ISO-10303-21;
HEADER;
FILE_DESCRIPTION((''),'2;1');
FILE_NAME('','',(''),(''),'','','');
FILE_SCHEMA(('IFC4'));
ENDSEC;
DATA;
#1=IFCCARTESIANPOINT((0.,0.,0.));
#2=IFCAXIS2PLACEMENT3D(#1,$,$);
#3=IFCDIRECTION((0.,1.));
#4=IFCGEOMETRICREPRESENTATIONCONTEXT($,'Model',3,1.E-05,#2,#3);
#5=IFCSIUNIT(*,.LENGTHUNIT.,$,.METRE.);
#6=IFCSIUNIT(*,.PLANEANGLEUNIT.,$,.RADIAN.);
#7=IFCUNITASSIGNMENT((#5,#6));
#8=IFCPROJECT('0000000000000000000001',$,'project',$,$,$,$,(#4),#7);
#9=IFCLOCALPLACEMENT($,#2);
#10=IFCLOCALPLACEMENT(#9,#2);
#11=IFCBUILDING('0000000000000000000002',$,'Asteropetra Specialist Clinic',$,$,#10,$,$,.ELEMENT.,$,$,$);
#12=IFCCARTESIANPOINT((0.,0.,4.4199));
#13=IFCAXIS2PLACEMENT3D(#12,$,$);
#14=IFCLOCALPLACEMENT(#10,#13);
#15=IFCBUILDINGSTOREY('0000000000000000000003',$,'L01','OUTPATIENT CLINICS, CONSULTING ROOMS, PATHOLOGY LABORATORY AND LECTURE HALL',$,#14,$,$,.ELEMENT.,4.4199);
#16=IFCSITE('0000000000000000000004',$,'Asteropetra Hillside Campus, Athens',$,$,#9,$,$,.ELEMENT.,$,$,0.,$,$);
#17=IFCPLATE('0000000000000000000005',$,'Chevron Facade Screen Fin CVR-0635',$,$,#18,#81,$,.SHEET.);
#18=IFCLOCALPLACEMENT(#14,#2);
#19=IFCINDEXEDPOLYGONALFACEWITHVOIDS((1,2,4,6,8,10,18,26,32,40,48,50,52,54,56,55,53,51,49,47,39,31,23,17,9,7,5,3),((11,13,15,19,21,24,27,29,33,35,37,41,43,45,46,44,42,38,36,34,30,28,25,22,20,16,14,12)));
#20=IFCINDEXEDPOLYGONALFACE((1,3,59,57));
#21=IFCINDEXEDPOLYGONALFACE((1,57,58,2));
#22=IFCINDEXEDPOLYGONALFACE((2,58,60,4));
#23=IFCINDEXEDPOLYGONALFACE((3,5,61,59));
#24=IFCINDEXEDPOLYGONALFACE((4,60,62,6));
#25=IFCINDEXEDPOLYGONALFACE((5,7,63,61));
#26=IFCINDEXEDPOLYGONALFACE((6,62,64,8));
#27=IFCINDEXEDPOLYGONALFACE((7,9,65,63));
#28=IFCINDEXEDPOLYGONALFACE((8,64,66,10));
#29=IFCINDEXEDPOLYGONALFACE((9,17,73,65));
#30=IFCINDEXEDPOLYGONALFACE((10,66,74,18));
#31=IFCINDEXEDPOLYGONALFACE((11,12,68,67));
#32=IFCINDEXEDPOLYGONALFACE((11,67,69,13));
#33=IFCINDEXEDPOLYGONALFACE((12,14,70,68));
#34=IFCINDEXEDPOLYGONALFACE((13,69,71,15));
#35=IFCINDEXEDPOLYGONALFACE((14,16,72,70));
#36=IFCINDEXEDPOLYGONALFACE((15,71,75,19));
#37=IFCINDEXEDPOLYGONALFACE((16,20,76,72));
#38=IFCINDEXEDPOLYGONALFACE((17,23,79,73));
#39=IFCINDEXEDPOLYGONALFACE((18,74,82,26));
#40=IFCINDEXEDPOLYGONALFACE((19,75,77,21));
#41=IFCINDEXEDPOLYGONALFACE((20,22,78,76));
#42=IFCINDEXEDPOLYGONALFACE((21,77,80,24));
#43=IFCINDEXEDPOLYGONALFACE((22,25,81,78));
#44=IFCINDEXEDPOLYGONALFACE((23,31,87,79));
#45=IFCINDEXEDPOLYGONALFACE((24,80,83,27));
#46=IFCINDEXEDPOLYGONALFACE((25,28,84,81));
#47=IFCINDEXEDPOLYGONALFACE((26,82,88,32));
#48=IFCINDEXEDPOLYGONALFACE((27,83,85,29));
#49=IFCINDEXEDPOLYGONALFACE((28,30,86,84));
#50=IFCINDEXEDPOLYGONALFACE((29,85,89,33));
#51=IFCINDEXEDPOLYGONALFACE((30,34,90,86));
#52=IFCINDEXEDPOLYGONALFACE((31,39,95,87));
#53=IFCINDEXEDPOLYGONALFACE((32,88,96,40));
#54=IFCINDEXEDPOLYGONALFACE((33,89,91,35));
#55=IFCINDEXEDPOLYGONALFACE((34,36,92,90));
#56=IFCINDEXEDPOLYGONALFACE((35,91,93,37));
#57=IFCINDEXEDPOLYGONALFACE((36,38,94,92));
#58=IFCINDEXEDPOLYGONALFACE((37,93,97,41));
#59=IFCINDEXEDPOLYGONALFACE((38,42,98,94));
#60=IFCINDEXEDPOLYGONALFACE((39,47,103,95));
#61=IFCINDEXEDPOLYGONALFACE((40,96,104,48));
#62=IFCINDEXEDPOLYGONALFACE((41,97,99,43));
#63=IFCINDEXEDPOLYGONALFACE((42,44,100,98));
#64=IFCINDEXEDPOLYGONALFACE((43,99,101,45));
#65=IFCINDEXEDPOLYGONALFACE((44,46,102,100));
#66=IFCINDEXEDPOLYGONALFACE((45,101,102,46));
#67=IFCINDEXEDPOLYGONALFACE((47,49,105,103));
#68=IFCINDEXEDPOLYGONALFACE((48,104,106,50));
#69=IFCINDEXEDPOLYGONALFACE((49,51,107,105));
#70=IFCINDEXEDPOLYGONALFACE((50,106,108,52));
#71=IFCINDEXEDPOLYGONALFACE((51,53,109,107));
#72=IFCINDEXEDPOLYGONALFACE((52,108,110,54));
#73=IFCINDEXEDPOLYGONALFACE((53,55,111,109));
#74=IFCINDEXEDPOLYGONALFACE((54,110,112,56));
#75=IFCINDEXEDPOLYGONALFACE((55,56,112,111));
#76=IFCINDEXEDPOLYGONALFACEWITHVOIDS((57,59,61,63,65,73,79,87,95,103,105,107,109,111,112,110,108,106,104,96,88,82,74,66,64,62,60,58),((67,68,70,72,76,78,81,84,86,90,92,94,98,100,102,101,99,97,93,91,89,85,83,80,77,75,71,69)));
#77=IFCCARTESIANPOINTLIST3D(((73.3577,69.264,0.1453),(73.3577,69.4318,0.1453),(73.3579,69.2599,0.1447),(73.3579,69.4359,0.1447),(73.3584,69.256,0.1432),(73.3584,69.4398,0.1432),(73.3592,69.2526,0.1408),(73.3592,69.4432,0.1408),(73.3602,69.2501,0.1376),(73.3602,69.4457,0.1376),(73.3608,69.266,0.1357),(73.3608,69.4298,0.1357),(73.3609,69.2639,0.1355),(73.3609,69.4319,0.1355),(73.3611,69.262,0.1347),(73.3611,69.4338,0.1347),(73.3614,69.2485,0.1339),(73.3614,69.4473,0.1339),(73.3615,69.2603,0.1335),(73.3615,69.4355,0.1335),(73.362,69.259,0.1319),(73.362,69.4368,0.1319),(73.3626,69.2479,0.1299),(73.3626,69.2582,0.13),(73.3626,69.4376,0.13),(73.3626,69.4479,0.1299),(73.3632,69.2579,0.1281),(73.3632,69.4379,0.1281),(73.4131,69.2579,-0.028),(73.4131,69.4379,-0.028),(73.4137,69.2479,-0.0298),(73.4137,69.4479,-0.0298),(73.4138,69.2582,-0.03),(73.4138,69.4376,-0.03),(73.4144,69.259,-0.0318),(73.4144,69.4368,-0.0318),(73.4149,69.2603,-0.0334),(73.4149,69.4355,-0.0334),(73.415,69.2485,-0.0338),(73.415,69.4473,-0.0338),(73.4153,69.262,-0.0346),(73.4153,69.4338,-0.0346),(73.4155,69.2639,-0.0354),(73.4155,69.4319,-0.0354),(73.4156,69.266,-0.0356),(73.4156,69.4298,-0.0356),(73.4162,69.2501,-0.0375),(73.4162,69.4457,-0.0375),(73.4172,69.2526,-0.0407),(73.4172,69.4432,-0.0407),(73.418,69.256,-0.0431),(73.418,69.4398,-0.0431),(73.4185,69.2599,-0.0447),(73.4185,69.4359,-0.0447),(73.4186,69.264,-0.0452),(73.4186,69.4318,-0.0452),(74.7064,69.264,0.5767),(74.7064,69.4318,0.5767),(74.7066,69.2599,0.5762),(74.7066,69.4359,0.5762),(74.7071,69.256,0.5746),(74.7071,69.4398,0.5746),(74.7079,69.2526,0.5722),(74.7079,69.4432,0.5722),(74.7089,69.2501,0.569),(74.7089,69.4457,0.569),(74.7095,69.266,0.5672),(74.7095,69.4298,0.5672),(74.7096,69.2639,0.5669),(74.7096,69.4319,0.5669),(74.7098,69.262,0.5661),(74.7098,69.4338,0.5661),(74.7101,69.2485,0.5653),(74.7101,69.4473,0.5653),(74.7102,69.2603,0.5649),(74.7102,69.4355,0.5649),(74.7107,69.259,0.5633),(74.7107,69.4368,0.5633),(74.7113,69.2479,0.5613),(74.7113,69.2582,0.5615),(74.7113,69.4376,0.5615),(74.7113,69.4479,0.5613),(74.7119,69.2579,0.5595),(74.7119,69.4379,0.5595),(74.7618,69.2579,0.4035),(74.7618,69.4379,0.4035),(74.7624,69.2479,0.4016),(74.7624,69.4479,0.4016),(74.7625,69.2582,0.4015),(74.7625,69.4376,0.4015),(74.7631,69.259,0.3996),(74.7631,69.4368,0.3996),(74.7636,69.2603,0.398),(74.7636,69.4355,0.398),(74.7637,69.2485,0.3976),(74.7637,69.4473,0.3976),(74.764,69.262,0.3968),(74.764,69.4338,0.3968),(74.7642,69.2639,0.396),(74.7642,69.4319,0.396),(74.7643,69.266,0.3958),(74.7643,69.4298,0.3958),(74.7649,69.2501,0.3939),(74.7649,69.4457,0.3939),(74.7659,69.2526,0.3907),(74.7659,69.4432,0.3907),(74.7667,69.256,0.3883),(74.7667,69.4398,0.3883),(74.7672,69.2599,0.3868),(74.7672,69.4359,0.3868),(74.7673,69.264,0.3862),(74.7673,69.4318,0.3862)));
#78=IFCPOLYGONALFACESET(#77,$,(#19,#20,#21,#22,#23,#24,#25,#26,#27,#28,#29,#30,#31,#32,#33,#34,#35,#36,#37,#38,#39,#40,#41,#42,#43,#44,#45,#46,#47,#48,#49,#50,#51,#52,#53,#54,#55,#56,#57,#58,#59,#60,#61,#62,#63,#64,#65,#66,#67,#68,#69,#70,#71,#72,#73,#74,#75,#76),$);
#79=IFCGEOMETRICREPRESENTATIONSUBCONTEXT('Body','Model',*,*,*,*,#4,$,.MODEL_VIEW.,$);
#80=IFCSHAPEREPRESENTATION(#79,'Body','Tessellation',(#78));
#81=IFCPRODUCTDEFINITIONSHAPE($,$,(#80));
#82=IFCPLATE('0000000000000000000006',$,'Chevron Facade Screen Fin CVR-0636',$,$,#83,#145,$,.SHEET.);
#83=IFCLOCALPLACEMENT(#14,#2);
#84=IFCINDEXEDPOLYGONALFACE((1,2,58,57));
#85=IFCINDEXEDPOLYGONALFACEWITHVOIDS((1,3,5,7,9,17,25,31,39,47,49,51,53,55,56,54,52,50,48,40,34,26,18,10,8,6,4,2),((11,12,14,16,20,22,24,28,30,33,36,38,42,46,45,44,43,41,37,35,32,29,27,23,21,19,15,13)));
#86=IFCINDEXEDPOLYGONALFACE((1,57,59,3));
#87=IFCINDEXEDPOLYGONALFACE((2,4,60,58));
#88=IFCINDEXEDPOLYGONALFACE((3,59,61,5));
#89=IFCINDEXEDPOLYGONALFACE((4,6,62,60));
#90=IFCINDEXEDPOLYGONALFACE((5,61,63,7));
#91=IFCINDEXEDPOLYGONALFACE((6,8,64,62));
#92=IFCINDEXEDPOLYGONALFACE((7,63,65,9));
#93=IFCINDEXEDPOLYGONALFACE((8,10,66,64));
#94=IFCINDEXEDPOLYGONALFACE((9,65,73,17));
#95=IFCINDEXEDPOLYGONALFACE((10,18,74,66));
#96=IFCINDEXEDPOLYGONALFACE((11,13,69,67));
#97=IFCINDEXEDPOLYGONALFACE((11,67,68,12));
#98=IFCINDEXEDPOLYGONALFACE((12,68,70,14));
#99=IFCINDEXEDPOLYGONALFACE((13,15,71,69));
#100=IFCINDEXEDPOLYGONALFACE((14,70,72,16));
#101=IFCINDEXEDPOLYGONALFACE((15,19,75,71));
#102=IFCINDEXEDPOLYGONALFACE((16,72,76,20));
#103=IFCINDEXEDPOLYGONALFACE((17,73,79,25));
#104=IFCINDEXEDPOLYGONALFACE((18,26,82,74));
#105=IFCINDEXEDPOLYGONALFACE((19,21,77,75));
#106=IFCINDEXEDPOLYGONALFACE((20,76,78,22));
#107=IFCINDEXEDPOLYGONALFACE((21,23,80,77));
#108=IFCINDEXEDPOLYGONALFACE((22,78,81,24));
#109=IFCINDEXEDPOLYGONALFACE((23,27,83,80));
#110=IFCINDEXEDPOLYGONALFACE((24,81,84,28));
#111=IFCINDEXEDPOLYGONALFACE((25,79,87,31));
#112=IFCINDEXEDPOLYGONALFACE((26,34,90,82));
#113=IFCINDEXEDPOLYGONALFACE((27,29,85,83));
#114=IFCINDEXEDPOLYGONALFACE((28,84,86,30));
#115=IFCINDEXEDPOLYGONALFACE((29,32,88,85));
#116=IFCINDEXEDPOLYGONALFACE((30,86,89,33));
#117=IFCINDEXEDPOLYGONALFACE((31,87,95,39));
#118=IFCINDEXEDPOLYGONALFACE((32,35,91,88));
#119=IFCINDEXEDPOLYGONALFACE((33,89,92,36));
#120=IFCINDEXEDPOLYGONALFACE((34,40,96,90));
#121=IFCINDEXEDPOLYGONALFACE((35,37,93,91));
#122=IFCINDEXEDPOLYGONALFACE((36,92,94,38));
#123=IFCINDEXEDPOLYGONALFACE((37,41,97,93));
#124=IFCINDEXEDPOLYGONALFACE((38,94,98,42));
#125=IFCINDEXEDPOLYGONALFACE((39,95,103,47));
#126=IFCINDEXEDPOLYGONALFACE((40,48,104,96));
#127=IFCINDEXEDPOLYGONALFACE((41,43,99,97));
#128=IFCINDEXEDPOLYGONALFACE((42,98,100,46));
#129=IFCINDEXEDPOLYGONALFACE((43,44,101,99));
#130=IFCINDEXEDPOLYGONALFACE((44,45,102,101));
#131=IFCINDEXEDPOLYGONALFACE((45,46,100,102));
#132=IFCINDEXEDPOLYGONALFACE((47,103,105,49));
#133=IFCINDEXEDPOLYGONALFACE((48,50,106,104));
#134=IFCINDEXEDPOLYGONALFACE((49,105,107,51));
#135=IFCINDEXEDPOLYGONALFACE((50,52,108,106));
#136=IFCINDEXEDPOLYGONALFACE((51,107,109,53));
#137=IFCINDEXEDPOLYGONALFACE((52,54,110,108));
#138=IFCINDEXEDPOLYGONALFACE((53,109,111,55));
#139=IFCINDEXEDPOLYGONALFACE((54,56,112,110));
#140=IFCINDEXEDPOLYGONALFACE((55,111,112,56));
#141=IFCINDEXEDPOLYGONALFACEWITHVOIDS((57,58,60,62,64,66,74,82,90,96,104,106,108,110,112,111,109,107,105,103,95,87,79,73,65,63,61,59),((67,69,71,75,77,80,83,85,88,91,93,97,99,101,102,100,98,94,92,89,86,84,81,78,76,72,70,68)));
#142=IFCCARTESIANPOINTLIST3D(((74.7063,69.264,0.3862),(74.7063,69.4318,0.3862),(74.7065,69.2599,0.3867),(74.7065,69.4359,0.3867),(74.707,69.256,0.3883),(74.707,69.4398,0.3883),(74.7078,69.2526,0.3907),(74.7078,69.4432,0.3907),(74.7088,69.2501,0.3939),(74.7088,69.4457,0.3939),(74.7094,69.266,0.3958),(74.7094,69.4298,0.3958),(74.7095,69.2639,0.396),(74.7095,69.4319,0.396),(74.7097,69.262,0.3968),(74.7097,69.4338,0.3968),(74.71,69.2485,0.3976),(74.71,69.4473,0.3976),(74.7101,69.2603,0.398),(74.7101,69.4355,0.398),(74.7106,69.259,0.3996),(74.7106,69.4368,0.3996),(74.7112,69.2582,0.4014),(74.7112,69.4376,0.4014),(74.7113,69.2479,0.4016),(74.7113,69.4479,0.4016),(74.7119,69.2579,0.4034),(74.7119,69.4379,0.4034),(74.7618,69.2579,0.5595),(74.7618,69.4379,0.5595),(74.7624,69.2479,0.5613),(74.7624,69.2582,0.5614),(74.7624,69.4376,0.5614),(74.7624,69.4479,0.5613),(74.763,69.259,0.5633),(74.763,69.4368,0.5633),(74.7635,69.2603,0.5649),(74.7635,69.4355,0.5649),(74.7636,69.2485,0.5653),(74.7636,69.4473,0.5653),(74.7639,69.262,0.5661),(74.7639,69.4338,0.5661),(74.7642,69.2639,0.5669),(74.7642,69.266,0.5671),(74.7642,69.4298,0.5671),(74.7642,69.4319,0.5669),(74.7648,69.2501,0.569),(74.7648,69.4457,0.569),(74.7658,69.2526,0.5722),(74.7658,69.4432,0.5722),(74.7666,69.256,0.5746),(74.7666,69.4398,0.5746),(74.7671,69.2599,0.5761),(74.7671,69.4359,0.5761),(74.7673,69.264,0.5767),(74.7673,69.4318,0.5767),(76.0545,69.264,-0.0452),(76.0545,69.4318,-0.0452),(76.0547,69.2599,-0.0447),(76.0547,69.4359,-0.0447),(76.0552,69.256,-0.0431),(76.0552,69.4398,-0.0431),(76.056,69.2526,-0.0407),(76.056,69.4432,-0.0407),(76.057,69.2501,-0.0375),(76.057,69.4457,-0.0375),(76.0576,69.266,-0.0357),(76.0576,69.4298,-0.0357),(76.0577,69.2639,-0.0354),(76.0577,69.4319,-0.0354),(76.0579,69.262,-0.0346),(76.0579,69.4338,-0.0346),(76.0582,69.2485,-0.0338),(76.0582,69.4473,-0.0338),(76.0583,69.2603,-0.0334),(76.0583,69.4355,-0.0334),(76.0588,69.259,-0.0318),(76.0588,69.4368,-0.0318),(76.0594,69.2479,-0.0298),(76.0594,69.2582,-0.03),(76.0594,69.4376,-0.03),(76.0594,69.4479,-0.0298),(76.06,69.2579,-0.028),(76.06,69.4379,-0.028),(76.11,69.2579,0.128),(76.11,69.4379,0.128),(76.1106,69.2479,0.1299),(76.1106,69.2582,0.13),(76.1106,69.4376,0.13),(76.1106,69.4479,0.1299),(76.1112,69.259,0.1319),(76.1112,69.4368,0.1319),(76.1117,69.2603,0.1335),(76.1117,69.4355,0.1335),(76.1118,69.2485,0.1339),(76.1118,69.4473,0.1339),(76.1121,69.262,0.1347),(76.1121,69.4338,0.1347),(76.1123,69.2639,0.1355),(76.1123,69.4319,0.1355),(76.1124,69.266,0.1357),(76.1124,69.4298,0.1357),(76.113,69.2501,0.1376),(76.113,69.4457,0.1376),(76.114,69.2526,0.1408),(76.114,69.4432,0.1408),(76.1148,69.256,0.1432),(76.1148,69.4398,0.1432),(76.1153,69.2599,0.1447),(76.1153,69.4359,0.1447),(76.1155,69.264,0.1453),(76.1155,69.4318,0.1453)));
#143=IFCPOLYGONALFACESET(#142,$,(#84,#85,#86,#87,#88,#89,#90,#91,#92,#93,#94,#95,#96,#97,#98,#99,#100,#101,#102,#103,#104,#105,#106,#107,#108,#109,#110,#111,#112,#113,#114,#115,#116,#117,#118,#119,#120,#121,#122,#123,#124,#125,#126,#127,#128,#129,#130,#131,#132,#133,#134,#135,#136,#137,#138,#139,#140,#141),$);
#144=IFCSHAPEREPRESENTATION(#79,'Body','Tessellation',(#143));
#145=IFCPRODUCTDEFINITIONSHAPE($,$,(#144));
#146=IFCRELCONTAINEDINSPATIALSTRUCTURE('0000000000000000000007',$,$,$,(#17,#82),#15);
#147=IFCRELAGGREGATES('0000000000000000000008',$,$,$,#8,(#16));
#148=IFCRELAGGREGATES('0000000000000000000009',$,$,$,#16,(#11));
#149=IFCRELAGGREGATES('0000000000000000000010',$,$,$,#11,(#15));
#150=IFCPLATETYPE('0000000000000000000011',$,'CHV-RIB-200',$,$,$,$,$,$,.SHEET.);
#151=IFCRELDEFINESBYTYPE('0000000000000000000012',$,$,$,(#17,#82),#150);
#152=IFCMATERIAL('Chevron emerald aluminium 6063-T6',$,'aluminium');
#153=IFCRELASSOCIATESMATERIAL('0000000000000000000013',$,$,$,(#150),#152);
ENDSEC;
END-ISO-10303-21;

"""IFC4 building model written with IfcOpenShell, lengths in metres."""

from ifc_helpers import new_model, si_unit, direction, frame, origin, origin_2d, place, context, subcontext, project, spatial, hollow_rectangle, extrude, material, material_profile, profile_set, type_object, element, save


model = new_model("IFC4")

# Units and contexts
model_context = context("Model", 3, precision=1e-05, world=origin(), true_north=direction((0.0, 1.0)))
body_context = subcontext(model_context, "Body", "Model", "MODEL_VIEW")
ifc_project = project(units=[si_unit("LENGTHUNIT", "METRE"), si_unit("PLANEANGLEUNIT", "RADIAN")], contexts=[model_context])

# Site, building, storey
site_placement = place(None, origin())
site = spatial("IfcSite", under=ifc_project, at=site_placement, Name="Asteropetra Hillside Campus, Athens", CompositionType="ELEMENT", RefElevation=0.0)
building_placement = place(site_placement, origin())
building = spatial("IfcBuilding", under=site, at=building_placement, Name="Asteropetra Specialist Clinic", CompositionType="ELEMENT")
storey_placement = place(building_placement, frame((0.0, 0.0, 4.4199)))
storey = spatial("IfcBuildingStorey", under=building, at=storey_placement, Name="L01", Description="OUTPATIENT CLINICS, CONSULTING ROOMS, PATHOLOGY LABORATORY AND LECTURE HALL", CompositionType="ELEMENT", Elevation=4.4199)

# Plates
ifc_material_1 = material(Name="Chevron emerald aluminium 6063-T6", Category="aluminium")
ifc_material_profile_1 = material_profile(ifc_material_1, hollow_rectangle(XDim=0.2, YDim=0.2, WallThickness=0.01, InnerFilletRadius=0.0081, OuterFilletRadius=0.0161, at=origin_2d()), Name="SHS 200x200x10.0")
ifc_profile_set_1 = profile_set([ifc_material_profile_1], Name="Chevron emerald aluminium 6063-T6")
plate_type_1 = type_object("IfcPlateType", Name="CHV-RIB-200", PredefinedType="SHEET", material=ifc_profile_set_1)
plate_1_placement = place(storey_placement, frame((73.3882, 69.3479, 0.05), z_axis=(0.952458, 0.0, 0.304669), x_axis=(0.0, 1.0, 0.0)))
element("IfcPlate", 1, at=plate_1_placement, inside=storey, type_object=plate_type_1, Name="Chevron Facade Screen Fin CVR-0635", PredefinedType="SHEET", context=body_context, shape_type="SweptSolid", body=[
    extrude(hollow_rectangle(XDim=0.2, YDim=0.2, WallThickness=0.01, InnerFilletRadius=0.0081, OuterFilletRadius=0.0161, at=origin_2d()), origin(), (0.0, 0.0, 1.0), 1.416),
])
plate_2_placement = place(storey_placement, frame((74.7368, 69.3479, 0.4814), z_axis=(0.952426, 0.0, -0.304769), x_axis=(0.0, 1.0, 0.0)))
element("IfcPlate", 2, at=plate_2_placement, inside=storey, type_object=plate_type_1, Name="Chevron Facade Screen Fin CVR-0636", PredefinedType="SHEET", context=body_context, shape_type="SweptSolid", body=[
    extrude(hollow_rectangle(XDim=0.2, YDim=0.2, WallThickness=0.01, InnerFilletRadius=0.0081, OuterFilletRadius=0.0161, at=origin_2d()), origin(), (0.0, 0.0, 1.0), 1.4155),
])

save(model, "model.ifc")
